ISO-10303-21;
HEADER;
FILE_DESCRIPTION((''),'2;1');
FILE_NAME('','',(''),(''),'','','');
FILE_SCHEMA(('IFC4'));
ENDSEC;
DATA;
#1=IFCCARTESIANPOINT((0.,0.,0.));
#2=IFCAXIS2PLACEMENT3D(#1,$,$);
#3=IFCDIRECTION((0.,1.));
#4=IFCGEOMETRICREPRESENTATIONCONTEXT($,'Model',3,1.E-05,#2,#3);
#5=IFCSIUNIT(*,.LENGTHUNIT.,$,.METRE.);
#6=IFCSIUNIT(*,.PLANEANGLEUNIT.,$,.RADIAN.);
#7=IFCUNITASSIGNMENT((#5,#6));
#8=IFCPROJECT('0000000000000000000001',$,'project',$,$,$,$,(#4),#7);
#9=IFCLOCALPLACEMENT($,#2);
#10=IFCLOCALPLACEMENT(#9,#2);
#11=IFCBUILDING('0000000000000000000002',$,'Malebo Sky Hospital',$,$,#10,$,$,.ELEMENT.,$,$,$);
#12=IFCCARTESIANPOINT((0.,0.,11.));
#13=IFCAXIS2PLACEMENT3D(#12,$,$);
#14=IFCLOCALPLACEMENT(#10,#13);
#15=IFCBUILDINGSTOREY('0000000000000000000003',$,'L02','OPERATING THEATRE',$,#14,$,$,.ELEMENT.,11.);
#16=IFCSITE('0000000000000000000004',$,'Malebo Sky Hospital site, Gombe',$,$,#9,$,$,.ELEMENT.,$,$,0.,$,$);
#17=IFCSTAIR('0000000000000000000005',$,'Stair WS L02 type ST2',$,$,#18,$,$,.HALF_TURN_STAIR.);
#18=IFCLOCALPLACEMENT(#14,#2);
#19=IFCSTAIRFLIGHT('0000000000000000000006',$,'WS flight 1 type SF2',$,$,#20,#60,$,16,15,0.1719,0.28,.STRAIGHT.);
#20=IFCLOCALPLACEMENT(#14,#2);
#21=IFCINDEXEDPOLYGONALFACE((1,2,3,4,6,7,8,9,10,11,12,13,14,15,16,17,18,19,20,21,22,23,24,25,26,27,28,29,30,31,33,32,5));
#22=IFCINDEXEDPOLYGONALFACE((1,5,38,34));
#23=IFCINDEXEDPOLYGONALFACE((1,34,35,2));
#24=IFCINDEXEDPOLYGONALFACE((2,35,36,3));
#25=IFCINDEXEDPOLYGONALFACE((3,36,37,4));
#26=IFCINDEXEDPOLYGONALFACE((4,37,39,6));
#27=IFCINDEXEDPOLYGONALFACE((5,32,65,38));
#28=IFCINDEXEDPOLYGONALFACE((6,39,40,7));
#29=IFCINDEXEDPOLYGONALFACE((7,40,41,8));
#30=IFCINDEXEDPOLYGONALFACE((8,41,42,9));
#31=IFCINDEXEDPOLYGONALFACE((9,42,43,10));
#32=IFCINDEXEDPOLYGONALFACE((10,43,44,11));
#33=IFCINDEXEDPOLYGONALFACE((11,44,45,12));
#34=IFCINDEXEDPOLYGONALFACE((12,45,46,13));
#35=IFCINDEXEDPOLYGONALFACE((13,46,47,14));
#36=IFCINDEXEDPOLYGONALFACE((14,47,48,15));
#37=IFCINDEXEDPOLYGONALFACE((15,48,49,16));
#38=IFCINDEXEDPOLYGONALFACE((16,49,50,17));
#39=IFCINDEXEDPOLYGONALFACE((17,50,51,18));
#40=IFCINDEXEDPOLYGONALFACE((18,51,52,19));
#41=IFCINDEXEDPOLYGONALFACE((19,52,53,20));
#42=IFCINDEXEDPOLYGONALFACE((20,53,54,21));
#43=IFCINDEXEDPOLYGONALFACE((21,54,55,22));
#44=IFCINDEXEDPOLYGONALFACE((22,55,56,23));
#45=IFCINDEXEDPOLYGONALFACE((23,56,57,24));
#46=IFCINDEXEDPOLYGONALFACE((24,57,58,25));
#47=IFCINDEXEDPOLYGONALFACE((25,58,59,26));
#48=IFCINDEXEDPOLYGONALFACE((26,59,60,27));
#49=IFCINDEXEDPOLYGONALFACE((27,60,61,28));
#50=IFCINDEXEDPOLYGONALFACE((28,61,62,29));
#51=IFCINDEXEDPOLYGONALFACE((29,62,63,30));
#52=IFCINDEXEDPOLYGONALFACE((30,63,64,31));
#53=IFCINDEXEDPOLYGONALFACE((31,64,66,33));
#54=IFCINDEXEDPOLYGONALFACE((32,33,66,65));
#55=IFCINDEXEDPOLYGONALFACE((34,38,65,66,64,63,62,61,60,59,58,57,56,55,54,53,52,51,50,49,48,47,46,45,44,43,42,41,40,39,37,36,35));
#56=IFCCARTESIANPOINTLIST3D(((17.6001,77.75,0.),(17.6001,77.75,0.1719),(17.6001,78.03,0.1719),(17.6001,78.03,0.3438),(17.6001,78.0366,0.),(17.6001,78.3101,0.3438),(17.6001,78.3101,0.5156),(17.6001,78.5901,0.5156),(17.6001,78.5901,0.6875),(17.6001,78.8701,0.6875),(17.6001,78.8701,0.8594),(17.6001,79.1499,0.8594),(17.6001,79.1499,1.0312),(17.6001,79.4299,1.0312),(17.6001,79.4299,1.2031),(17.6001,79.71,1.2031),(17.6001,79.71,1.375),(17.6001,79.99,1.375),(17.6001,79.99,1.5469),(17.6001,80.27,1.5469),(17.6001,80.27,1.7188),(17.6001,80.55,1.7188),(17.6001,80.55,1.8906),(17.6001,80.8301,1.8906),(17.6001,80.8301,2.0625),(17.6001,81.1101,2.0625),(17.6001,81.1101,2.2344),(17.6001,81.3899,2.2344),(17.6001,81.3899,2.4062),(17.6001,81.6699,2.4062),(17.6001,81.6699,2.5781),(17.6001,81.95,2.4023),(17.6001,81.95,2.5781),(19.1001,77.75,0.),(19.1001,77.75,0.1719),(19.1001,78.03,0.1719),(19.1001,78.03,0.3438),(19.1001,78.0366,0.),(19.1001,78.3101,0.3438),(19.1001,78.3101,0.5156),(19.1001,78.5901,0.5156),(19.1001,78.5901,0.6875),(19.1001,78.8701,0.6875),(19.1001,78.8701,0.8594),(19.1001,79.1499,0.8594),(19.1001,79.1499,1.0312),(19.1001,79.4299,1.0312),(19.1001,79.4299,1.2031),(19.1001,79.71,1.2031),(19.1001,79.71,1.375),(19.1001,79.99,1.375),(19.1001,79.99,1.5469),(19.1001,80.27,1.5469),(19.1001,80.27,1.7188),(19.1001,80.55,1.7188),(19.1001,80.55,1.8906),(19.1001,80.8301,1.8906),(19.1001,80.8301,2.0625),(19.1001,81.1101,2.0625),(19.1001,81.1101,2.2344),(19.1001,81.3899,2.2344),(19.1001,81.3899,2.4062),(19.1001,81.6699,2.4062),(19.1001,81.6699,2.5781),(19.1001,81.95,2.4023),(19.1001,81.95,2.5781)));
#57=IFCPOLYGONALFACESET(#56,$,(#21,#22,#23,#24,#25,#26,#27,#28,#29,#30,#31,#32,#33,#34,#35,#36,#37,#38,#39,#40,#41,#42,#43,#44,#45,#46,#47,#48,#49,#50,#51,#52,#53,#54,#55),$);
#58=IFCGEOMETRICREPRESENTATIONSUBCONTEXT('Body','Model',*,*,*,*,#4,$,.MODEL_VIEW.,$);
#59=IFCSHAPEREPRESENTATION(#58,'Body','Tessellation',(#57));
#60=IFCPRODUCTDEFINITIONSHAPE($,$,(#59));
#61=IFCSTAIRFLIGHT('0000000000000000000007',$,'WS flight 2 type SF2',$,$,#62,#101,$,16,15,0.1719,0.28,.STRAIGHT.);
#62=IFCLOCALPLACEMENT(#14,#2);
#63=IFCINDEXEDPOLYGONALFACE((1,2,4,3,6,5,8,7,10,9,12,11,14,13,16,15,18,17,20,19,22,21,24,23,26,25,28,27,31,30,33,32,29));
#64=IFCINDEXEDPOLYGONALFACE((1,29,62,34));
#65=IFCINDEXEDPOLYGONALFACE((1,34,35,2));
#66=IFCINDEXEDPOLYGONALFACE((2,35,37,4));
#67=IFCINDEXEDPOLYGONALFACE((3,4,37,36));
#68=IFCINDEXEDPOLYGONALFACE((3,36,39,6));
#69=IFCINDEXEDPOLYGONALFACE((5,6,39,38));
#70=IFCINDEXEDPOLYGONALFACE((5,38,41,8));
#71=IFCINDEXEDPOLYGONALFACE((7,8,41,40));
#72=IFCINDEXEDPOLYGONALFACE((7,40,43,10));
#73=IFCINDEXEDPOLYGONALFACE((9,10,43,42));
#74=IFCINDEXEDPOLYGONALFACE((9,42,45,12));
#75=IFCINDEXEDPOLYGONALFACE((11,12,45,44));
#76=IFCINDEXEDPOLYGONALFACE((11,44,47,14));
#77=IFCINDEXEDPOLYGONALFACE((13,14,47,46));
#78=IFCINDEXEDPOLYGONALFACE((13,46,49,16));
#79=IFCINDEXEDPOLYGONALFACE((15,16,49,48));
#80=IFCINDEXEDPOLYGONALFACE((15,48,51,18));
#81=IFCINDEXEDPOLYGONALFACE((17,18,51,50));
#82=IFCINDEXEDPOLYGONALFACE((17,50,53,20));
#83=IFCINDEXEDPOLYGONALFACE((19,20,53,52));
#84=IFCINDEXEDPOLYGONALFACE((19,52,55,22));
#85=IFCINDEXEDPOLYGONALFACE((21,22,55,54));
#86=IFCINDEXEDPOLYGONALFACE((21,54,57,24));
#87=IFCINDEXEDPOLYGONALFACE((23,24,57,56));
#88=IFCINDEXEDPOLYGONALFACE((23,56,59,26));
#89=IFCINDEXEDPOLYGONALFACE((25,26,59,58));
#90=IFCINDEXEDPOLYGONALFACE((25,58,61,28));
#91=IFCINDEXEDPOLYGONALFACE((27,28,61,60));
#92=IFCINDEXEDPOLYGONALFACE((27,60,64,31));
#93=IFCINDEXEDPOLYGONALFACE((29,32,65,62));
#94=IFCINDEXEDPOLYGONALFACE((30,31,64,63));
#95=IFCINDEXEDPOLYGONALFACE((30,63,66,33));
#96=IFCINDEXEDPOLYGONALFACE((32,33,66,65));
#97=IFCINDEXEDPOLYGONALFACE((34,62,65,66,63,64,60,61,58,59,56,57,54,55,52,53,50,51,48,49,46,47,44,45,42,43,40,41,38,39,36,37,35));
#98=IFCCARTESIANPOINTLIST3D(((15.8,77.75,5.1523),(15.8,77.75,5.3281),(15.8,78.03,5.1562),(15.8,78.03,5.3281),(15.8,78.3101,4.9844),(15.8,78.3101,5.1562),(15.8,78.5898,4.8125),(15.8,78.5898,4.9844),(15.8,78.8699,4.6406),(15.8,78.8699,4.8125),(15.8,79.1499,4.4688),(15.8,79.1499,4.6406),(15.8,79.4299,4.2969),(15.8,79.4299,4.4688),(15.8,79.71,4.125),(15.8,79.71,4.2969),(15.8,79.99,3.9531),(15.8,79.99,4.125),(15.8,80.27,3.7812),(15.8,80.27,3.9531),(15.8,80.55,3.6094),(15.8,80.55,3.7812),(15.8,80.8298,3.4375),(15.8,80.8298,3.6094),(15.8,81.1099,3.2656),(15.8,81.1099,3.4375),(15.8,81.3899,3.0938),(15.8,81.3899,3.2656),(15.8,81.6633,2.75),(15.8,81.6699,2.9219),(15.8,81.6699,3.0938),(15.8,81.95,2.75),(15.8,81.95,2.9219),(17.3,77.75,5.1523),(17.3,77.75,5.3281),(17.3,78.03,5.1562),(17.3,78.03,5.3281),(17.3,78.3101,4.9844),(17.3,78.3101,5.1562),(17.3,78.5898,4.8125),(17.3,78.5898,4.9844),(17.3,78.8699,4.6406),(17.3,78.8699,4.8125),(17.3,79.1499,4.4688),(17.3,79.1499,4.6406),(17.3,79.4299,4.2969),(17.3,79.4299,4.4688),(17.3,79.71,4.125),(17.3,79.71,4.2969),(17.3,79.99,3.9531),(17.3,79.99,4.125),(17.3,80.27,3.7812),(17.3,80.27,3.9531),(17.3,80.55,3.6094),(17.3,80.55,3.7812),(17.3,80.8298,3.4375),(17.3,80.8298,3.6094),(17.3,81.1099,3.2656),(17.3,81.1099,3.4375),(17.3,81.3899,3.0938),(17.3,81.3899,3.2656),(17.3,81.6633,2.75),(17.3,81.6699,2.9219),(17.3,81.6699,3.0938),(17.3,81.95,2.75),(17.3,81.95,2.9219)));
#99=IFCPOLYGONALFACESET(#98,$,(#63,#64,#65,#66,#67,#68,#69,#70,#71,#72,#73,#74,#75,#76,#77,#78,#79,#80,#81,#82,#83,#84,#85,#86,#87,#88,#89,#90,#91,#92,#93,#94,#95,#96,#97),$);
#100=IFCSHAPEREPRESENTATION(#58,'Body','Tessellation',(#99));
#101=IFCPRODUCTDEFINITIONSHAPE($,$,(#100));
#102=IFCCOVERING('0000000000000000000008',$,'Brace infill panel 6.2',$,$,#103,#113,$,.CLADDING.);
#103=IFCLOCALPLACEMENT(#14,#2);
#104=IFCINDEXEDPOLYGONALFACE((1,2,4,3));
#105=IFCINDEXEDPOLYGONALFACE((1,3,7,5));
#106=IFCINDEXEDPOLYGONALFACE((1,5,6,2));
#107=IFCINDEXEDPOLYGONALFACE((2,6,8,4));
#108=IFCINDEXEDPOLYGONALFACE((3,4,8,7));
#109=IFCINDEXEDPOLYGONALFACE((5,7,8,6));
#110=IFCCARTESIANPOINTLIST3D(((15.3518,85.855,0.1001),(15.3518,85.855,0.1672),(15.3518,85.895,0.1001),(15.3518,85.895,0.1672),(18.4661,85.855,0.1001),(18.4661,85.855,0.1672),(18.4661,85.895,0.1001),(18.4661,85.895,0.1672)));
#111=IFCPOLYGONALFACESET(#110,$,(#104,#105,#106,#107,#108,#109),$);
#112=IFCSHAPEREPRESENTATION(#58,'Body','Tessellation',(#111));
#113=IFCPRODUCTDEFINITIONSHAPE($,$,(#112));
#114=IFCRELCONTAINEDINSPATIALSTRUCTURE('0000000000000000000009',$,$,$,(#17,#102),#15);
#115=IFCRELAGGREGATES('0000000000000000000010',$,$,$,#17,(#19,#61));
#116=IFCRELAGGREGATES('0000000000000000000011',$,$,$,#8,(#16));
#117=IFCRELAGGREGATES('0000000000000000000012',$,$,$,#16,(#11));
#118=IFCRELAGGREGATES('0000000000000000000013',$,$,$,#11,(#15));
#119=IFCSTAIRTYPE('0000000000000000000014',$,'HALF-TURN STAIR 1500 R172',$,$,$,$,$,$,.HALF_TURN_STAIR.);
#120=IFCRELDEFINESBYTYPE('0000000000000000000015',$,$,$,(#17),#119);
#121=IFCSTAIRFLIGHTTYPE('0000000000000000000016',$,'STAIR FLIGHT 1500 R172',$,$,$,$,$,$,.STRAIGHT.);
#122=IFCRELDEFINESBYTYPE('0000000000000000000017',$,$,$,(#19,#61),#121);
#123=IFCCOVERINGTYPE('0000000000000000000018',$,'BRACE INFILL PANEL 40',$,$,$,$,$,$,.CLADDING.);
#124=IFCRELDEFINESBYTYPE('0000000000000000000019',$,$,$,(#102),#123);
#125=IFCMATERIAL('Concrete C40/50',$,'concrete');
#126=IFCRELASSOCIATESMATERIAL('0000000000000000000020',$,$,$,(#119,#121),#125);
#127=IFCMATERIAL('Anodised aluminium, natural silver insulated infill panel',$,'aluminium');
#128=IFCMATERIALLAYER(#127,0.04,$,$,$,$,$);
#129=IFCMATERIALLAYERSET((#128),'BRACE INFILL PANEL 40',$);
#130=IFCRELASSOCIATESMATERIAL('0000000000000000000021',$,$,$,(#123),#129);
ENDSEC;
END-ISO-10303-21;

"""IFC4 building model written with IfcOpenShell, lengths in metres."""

from ifc_helpers import new_model, si_unit, direction, frame, origin, place, context, subcontext, project, spatial, polyline, outline, extrude, material, layer, layer_set, type_object, element, aggregate, save


model = new_model("IFC4")

# Units and contexts
model_context = context("Model", 3, precision=1e-05, world=origin(), true_north=direction((0.0, 1.0)))
body_context = subcontext(model_context, "Body", "Model", "MODEL_VIEW")
ifc_project = project(units=[si_unit("LENGTHUNIT", "METRE"), si_unit("PLANEANGLEUNIT", "RADIAN")], contexts=[model_context])

# Site, building, storey
site_placement = place(None, origin())
site = spatial("IfcSite", under=ifc_project, at=site_placement, Name="Malebo Sky Hospital site, Gombe", CompositionType="ELEMENT", RefElevation=0.0)
building_placement = place(site_placement, origin())
building = spatial("IfcBuilding", under=site, at=building_placement, Name="Malebo Sky Hospital", CompositionType="ELEMENT")
storey_placement = place(building_placement, frame((0.0, 0.0, 11.0)))
storey = spatial("IfcBuildingStorey", under=building, at=storey_placement, Name="L02", Description="OPERATING THEATRE", CompositionType="ELEMENT", Elevation=11.0)

# Shared definitions
ifc_material_1 = material(Name="Concrete C40/50", Category="concrete")

# Stair, stair flights
stair_type = type_object("IfcStairType", Name="HALF-TURN STAIR 1500 R172", PredefinedType="HALF_TURN_STAIR", material=ifc_material_1)
stair_placement = place(storey_placement, origin())
stair = element("IfcStair", 1, at=stair_placement, inside=storey, type_object=stair_type, Name="Stair WS L02 type ST2", PredefinedType="HALF_TURN_STAIR")
stair_flight_type = type_object("IfcStairFlightType", Name="STAIR FLIGHT 1500 R172", PredefinedType="STRAIGHT", material=ifc_material_1)
stair_flight_1_placement = place(storey_placement, frame((18.3501, 77.75, 0.0), z_axis=(0.0, 0.0, 1.0), x_axis=(0.0, 1.0, 0.0)))
stair_flight_1 = element("IfcStairFlight", 2, at=stair_flight_1_placement, type_object=stair_flight_type, Name="WS flight 1 type SF2", NumberOfRisers=16, NumberOfTreads=15, PredefinedType="STRAIGHT", RiserHeight=0.1719, TreadLength=0.28, context=body_context, shape_type="SweptSolid", body=[
    extrude(outline(polyline([(0.0, 0.0), (0.0, 0.1719), (0.28, 0.1719), (0.28, 0.3438), (0.5601, 0.3438), (0.5601, 0.5156), (0.8401, 0.5156), (0.8401, 0.6875), (1.1201, 0.6875), (1.1201, 0.8594), (1.3999, 0.8594), (1.3999, 1.0312), (1.6799, 1.0312), (1.6799, 1.2031), (1.96, 1.2031), (1.96, 1.375), (2.24, 1.375), (2.24, 1.5469), (2.52, 1.5469), (2.52, 1.7188), (2.8, 1.7188), (2.8, 1.8906), (3.0801, 1.8906), (3.0801, 2.0625), (3.3601, 2.0625), (3.3601, 2.2344), (3.6399, 2.2344), (3.6399, 2.4062), (3.9199, 2.4062), (3.9199, 2.5781), (4.2, 2.5781), (4.2, 2.75), (4.2, 2.4023), (0.2866, 0.0), (0.0, 0.0)])), frame((0.0, 0.75, 0.0), z_axis=(0.0, -1.0, 0.0), x_axis=(1.0, 0.0, 0.0)), (0.0, 0.0, 1.0), 1.5),
])
stair_flight_2_placement = place(storey_placement, frame((16.55, 81.95, 2.75), z_axis=(0.0, 0.0, 1.0), x_axis=(0.0, -1.0, 0.0)))
stair_flight_2 = element("IfcStairFlight", 3, at=stair_flight_2_placement, type_object=stair_flight_type, Name="WS flight 2 type SF2", NumberOfRisers=16, NumberOfTreads=15, PredefinedType="STRAIGHT", RiserHeight=0.1719, TreadLength=0.28, context=body_context, shape_type="SweptSolid", body=[
    extrude(outline(polyline([(0.0, 0.0), (0.0, 0.1719), (0.28, 0.1719), (0.28, 0.3438), (0.5601, 0.3438), (0.5601, 0.5156), (0.8401, 0.5156), (0.8401, 0.6875), (1.1201, 0.6875), (1.1201, 0.8594), (1.3999, 0.8594), (1.3999, 1.0312), (1.6799, 1.0312), (1.6799, 1.2031), (1.96, 1.2031), (1.96, 1.375), (2.24, 1.375), (2.24, 1.5469), (2.52, 1.5469), (2.52, 1.7188), (2.8, 1.7188), (2.8, 1.8906), (3.0801, 1.8906), (3.0801, 2.0625), (3.3601, 2.0625), (3.3601, 2.2344), (3.6399, 2.2344), (3.6399, 2.4062), (3.9199, 2.4062), (3.9199, 2.5781), (4.2, 2.5781), (4.2, 2.75), (4.2, 2.4023), (0.2866, 0.0), (0.0, 0.0)])), frame((0.0, 0.75, 0.0), z_axis=(0.0, -1.0, 0.0), x_axis=(1.0, 0.0, 0.0)), (0.0, 0.0, 1.0), 1.5),
])
aggregate(stair, [stair_flight_1, stair_flight_2])

# Covering
ifc_material_2 = material(Name="Anodised aluminium, natural silver insulated infill panel", Category="aluminium")
ifc_layer_1 = layer(ifc_material_2, 0.04)
ifc_layer_set_1 = layer_set([ifc_layer_1], Name="BRACE INFILL PANEL 40")
covering_type = type_object("IfcCoveringType", Name="BRACE INFILL PANEL 40", PredefinedType="CLADDING", material=ifc_layer_set_1)
covering_placement = place(storey_placement, frame((16.9089, 85.875, 0.1001), z_axis=(0.0, 0.0, 1.0), x_axis=(-1.0, 0.0, 0.0)))
element("IfcCovering", 4, at=covering_placement, inside=storey, type_object=covering_type, Name="Brace infill panel 6.2", PredefinedType="CLADDING", context=body_context, shape_type="SweptSolid", body=[
    extrude(outline(polyline([(-1.5571, 0.0), (1.5571, 0.0), (1.5571, 0.0671), (-1.5571, 0.0671), (-1.5571, 0.0)])), frame((0.0, 0.02, 0.0), z_axis=(0.0, -1.0, 0.0), x_axis=(1.0, 0.0, 0.0)), (0.0, 0.0, 1.0), 0.04),
])

save(model, "model.ifc")
